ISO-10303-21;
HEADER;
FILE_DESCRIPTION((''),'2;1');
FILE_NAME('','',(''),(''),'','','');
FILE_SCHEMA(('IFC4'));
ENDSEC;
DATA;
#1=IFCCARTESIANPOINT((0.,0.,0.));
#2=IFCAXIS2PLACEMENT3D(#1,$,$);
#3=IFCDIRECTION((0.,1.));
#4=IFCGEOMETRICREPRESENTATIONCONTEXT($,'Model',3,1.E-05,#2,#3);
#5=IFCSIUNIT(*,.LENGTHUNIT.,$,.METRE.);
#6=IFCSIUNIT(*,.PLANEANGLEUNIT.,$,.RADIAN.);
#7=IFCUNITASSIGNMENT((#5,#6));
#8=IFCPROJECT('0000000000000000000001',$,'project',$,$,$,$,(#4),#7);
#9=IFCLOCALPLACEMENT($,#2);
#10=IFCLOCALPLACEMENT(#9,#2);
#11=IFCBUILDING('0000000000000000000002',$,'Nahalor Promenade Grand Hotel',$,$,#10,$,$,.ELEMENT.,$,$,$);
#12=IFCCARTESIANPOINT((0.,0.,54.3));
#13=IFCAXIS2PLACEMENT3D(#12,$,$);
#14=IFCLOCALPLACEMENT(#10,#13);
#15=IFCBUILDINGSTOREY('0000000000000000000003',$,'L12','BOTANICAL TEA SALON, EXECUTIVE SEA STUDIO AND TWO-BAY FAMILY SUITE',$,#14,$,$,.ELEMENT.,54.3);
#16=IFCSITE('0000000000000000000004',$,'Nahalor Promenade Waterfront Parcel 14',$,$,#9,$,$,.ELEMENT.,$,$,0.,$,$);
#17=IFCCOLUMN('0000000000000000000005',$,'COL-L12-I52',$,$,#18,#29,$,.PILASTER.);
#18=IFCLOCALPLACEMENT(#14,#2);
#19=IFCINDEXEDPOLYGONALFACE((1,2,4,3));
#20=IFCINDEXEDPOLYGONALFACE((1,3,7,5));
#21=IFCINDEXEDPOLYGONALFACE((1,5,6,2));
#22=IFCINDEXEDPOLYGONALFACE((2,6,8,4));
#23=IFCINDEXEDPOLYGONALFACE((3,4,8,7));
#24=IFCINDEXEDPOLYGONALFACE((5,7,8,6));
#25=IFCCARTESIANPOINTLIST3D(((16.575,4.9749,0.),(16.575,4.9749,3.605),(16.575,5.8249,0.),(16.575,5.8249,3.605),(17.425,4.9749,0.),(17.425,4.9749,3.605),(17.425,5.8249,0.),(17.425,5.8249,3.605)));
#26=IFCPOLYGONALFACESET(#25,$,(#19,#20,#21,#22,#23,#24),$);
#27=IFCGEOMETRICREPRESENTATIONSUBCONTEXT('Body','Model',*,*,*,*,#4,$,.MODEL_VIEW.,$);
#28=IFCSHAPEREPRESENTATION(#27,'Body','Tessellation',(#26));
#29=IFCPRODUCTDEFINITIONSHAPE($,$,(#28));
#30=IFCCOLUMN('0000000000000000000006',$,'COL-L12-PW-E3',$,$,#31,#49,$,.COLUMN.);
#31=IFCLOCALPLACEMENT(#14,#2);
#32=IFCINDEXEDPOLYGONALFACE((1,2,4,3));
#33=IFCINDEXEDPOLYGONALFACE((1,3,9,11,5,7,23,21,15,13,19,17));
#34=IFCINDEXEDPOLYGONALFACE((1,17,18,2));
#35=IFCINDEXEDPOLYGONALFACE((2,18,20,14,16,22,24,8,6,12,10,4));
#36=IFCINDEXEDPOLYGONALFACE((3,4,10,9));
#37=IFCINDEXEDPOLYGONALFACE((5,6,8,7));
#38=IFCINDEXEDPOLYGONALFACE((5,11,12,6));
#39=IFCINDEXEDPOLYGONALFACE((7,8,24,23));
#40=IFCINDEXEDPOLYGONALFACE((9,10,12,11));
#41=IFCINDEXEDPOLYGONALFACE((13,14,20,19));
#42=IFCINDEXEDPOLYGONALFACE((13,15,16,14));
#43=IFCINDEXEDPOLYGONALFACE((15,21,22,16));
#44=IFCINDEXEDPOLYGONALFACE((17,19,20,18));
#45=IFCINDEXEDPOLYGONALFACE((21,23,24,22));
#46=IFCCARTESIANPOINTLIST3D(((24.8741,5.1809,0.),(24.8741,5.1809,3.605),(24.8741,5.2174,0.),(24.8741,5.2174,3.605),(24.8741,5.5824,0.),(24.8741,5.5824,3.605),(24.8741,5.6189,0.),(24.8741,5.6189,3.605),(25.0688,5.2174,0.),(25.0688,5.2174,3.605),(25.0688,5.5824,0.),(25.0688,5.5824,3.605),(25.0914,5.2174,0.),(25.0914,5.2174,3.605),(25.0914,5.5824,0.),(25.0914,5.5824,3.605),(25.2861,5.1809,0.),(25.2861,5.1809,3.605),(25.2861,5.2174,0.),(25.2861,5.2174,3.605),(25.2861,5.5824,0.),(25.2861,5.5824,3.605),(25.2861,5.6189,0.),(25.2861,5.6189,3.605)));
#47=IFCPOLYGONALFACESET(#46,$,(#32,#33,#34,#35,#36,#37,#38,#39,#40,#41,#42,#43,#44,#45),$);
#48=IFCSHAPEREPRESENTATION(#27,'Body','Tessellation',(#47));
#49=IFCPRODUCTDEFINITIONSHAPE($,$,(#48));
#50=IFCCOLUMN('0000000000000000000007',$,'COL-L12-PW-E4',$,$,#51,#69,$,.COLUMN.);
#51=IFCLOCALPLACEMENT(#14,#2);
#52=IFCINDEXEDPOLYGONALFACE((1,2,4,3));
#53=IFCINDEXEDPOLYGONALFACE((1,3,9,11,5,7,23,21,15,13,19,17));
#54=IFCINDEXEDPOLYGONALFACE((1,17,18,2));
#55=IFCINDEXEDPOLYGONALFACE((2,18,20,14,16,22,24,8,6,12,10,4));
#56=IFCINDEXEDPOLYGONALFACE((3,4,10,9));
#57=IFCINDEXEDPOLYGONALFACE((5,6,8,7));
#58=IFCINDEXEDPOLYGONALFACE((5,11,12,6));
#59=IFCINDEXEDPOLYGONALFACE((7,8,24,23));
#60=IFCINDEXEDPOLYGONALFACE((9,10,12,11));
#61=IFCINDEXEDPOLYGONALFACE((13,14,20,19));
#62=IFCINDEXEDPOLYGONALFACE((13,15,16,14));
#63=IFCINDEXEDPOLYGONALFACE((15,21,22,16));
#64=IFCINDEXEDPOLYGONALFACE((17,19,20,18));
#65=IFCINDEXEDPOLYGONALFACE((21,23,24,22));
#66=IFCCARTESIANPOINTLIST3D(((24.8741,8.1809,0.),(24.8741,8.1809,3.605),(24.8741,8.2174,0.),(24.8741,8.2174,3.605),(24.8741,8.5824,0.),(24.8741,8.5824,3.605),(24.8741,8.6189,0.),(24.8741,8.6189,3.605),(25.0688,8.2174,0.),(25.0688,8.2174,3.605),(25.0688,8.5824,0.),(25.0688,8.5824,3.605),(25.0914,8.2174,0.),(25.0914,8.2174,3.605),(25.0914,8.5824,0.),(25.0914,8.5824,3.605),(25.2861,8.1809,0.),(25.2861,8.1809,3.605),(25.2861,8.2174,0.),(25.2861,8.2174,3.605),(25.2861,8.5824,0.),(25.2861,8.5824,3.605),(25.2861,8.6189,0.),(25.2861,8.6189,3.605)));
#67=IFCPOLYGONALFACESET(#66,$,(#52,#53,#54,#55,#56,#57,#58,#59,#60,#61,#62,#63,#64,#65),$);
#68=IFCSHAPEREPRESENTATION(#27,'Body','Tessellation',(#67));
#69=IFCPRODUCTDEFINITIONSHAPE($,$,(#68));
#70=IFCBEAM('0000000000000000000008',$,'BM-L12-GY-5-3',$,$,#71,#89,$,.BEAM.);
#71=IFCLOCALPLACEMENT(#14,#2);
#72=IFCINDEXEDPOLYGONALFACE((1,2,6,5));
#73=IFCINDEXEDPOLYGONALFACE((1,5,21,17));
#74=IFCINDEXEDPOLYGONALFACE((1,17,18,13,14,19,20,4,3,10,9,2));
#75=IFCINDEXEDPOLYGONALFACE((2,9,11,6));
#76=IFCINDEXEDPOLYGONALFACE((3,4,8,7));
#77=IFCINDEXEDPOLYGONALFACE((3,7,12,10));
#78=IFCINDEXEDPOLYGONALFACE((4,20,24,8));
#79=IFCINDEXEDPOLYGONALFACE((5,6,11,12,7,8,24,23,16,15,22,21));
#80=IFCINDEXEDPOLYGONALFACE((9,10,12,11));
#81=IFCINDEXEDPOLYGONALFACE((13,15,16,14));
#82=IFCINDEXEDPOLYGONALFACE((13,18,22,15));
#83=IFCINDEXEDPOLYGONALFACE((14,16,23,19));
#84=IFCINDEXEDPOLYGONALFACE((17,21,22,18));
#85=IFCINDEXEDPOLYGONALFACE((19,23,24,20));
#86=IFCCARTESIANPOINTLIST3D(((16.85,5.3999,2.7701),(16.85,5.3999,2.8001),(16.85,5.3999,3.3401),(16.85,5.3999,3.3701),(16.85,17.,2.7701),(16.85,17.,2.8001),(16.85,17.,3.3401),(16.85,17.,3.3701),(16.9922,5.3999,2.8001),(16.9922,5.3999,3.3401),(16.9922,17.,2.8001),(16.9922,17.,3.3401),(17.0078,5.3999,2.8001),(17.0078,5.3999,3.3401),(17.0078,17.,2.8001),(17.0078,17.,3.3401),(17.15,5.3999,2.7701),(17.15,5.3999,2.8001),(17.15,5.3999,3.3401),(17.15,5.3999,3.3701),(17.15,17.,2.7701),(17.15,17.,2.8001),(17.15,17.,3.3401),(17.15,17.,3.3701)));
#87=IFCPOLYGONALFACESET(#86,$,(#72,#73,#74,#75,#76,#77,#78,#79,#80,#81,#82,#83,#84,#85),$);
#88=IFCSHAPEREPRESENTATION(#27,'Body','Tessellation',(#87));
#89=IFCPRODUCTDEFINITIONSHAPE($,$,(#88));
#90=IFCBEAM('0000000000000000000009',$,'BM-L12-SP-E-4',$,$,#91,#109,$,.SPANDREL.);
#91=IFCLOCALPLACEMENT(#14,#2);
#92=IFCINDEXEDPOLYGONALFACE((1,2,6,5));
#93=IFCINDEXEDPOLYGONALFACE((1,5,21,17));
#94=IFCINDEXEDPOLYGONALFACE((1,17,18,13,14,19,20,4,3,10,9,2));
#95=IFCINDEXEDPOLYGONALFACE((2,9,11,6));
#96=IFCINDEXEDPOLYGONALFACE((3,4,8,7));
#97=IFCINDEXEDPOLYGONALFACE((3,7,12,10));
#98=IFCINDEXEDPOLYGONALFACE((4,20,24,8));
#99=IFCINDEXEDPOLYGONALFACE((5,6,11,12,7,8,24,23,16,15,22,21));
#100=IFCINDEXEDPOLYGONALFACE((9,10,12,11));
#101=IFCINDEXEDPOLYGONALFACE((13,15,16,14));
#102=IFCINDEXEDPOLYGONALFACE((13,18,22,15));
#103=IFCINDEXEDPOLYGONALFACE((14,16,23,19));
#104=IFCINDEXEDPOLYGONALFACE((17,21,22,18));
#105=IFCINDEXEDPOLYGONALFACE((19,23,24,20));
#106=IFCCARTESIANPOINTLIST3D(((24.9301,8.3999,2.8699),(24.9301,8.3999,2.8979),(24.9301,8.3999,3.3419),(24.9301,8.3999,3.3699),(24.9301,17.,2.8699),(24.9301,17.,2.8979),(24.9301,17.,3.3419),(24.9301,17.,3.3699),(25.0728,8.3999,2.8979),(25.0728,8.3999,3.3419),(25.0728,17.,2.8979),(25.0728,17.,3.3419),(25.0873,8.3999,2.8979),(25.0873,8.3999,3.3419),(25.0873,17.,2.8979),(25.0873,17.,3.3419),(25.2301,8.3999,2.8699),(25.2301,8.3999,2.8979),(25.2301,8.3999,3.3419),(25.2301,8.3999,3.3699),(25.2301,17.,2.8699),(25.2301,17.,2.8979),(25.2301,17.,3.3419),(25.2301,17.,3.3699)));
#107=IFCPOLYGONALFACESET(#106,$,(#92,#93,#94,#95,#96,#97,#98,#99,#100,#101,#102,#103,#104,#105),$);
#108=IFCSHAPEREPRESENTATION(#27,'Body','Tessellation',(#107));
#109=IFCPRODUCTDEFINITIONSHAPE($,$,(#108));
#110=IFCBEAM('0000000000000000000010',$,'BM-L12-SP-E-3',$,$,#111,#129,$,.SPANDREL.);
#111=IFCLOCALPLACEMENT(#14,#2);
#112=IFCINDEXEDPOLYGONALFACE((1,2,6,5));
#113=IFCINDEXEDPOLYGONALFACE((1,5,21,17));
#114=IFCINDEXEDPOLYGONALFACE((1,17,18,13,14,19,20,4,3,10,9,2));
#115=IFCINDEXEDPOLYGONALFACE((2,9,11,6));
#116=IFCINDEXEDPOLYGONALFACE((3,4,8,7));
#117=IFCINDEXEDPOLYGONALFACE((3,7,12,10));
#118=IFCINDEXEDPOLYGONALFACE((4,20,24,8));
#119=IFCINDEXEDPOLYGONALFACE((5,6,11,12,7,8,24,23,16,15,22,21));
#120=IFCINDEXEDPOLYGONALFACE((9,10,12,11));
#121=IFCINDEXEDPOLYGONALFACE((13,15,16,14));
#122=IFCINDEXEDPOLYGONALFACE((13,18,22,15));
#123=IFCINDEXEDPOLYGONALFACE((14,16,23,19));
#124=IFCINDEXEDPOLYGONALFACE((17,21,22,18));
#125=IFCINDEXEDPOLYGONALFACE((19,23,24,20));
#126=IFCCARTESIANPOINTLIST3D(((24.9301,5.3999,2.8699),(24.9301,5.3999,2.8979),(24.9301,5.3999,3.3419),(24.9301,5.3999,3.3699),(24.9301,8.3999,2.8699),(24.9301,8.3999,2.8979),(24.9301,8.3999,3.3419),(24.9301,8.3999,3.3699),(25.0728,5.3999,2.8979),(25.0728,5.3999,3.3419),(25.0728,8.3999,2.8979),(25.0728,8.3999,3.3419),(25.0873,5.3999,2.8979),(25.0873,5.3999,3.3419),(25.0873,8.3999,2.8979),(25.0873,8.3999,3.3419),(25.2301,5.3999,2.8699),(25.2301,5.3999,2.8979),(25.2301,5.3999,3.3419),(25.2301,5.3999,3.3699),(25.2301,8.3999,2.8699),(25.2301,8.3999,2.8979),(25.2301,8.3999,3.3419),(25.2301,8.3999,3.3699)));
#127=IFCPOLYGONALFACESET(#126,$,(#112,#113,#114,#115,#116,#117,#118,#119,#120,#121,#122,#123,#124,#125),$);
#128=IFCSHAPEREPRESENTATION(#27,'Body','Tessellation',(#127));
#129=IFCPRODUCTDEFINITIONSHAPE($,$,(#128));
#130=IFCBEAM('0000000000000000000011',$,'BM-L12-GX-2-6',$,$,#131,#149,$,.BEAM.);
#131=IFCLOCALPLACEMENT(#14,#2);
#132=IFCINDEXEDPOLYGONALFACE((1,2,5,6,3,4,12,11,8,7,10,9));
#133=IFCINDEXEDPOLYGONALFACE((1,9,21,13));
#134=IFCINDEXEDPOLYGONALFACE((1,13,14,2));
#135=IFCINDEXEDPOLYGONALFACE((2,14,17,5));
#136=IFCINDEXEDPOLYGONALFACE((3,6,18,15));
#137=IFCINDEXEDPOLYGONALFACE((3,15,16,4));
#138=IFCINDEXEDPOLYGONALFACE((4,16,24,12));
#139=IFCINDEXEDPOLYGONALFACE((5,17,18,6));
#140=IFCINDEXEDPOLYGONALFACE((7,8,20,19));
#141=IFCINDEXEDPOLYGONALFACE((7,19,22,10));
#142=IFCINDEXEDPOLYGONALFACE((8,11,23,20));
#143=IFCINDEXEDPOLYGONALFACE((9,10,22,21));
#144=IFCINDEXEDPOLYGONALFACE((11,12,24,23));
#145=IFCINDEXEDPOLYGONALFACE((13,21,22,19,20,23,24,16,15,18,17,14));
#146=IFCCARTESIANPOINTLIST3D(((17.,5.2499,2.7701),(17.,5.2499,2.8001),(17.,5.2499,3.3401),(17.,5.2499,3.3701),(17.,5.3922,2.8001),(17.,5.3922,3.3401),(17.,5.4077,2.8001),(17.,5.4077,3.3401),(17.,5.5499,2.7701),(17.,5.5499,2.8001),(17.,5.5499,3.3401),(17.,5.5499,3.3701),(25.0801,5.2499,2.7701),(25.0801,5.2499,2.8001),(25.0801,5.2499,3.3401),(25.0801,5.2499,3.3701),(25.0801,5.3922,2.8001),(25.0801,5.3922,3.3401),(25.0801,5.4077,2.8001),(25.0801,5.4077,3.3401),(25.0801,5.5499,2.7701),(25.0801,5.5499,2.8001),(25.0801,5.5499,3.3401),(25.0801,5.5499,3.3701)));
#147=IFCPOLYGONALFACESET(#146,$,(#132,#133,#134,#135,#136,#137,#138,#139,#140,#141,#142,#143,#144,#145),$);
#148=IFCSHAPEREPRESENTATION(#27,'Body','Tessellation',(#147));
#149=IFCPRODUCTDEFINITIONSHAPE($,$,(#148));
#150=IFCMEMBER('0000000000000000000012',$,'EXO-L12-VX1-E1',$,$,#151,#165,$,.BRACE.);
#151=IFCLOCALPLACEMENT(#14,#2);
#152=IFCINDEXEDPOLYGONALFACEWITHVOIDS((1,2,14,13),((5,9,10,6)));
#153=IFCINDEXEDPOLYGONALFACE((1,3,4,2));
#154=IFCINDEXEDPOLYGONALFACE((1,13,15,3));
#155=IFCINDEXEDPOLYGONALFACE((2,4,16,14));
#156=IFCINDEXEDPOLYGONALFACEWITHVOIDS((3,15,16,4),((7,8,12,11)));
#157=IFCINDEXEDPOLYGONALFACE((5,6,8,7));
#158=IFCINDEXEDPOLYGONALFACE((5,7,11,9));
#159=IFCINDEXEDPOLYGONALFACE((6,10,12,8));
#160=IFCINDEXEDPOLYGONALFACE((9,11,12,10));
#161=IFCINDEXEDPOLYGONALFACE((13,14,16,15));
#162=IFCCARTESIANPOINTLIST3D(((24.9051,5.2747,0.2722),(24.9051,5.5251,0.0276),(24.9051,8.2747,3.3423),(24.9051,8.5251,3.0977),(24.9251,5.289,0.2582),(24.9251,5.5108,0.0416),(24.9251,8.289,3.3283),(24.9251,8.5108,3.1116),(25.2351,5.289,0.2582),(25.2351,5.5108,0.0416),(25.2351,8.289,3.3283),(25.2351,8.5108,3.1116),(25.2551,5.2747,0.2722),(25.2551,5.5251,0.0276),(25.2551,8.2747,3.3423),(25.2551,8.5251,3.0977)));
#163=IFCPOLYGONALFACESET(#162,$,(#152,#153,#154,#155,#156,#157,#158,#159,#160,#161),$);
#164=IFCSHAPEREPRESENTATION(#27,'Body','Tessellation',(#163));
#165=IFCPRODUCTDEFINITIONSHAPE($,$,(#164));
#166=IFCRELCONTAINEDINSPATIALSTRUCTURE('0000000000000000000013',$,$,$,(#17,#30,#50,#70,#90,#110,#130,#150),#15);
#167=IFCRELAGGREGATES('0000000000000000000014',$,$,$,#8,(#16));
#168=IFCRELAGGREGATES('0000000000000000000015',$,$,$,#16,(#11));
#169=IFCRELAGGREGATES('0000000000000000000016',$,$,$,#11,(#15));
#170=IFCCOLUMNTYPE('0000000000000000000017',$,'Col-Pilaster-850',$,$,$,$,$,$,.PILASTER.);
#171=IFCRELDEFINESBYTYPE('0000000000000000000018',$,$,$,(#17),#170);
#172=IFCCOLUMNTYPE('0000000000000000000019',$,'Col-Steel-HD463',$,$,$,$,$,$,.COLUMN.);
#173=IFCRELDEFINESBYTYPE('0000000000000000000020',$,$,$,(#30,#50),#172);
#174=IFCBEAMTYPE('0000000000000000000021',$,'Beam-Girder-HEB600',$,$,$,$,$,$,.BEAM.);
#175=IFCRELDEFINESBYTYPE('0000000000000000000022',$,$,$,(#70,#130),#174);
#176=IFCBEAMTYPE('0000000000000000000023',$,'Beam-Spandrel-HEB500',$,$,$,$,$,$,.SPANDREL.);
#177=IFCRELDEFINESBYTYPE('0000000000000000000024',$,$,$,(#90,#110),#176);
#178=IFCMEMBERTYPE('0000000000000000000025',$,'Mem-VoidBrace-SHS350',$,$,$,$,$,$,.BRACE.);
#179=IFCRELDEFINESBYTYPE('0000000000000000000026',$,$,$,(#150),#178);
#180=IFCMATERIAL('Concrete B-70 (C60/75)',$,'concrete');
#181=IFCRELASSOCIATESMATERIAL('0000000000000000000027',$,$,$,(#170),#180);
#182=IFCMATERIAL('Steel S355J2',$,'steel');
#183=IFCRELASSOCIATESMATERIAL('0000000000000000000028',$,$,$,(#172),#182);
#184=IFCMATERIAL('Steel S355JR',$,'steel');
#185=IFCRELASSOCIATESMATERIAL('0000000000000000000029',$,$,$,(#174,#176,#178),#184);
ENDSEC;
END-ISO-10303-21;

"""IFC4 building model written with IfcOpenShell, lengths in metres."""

from ifc_helpers import new_model, si_unit, direction, frame, origin, origin_2d, place, context, subcontext, project, spatial, rectangle, hollow_rectangle, i_section, extrude, source, transform, mapped, material, material_profile, profile_set, type_object, element, save


model = new_model("IFC4")

# Units and contexts
model_context = context("Model", 3, precision=1e-05, world=origin(), true_north=direction((0.0, 1.0)))
body_context = subcontext(model_context, "Body", "Model", "MODEL_VIEW")
ifc_project = project(units=[si_unit("LENGTHUNIT", "METRE"), si_unit("PLANEANGLEUNIT", "RADIAN")], contexts=[model_context])

# Site, building, storey
site_placement = place(None, origin())
site = spatial("IfcSite", under=ifc_project, at=site_placement, Name="Nahalor Promenade Waterfront Parcel 14", CompositionType="ELEMENT", RefElevation=0.0)
building_placement = place(site_placement, origin())
building = spatial("IfcBuilding", under=site, at=building_placement, Name="Nahalor Promenade Grand Hotel", CompositionType="ELEMENT")
storey_placement = place(building_placement, frame((0.0, 0.0, 54.3)))
storey = spatial("IfcBuildingStorey", under=building, at=storey_placement, Name="L12", Description="BOTANICAL TEA SALON, EXECUTIVE SEA STUDIO AND TWO-BAY FAMILY SUITE", CompositionType="ELEMENT", Elevation=54.3)

# Columns
ifc_material_1 = material(Name="Concrete B-70 (C60/75)", Category="concrete")
ifc_material_profile_1 = material_profile(ifc_material_1, rectangle(XDim=0.85, YDim=0.85, at=origin_2d()), Name="RC 850x850")
ifc_profile_set_1 = profile_set([ifc_material_profile_1], Name="Concrete B-70 (C60/75)")
column_type_1 = type_object("IfcColumnType", Name="Col-Pilaster-850", PredefinedType="PILASTER", material=ifc_profile_set_1)
shared_shape_1 = source(origin(), body_context, "Body", "SweptSolid", [
    extrude(rectangle(XDim=0.85, YDim=0.85, at=origin_2d()), origin(), (0.0, 0.0, 1.0), 3.605),
])
column_placement = place(storey_placement, frame((17.0, 5.3999, 0.0), z_axis=(0.0, 0.0, 1.0), x_axis=(1.0, 0.0, 0.0)))
element("IfcColumn", 1, at=column_placement, inside=storey, type_object=column_type_1, Name="COL-L12-I52", PredefinedType="PILASTER", context=body_context, shape_type="MappedRepresentation", body=[
    mapped(shared_shape_1, transform((0.0, 0.0, 0.0), scale=1.0)),
])
ifc_material_2 = material(Name="Steel S355J2", Category="steel")
ifc_material_profile_2 = material_profile(ifc_material_2, i_section(OverallWidth=0.412, OverallDepth=0.438, WebThickness=0.0226, FlangeThickness=0.0365, at=origin_2d()), Name="HD 400x463")
ifc_profile_set_2 = profile_set([ifc_material_profile_2], Name="Steel S355J2")
column_type_2 = type_object("IfcColumnType", Name="Col-Steel-HD463", PredefinedType="COLUMN", material=ifc_profile_set_2)
shared_shape_2 = source(origin(), body_context, "Body", "SweptSolid", [
    extrude(i_section(OverallWidth=0.412, OverallDepth=0.438, WebThickness=0.0226, FlangeThickness=0.0365, at=origin_2d()), origin(), (0.0, 0.0, 1.0), 3.605),
])
for number, where, z_axis, x_axis, name in (
    (2, (25.0801, 5.3999, 0.0), (0.0, 0.0, 1.0), (1.0, 0.0, 0.0), "COL-L12-PW-E3"),
    (3, (25.0801, 8.3999, 0.0), (0.0, 0.0, 1.0), (1.0, 0.0, 0.0), "COL-L12-PW-E4"),
):
    element("IfcColumn", number, at=place(storey_placement, frame(where, z_axis=z_axis, x_axis=x_axis)), inside=storey, type_object=column_type_2, Name=name, PredefinedType="COLUMN", context=body_context, shape_type="MappedRepresentation", body=[
        mapped(shared_shape_2, transform((0.0, 0.0, 0.0), scale=1.0)),
    ])

# Beams
ifc_material_3 = material(Name="Steel S355JR", Category="steel")
ifc_material_profile_3 = material_profile(ifc_material_3, i_section(OverallWidth=0.3, OverallDepth=0.6, WebThickness=0.0155, FlangeThickness=0.03, at=origin_2d()), Name="HEB 600")
ifc_profile_set_3 = profile_set([ifc_material_profile_3], Name="Steel S355JR")
beam_type_1 = type_object("IfcBeamType", Name="Beam-Girder-HEB600", PredefinedType="BEAM", material=ifc_profile_set_3)
shared_shape_3 = source(origin(), body_context, "Body", "SweptSolid", [
    extrude(i_section(OverallWidth=0.3, OverallDepth=0.6, WebThickness=0.0155, FlangeThickness=0.03, at=origin_2d()), origin(), (0.0, 0.0, 1.0), 11.6001),
])
beam_1_placement = place(storey_placement, frame((17.0, 5.3999, 3.0701), z_axis=(0.0, 1.0, 0.0), x_axis=(-1.0, 0.0, 0.0)))
element("IfcBeam", 4, at=beam_1_placement, inside=storey, type_object=beam_type_1, Name="BM-L12-GY-5-3", PredefinedType="BEAM", context=body_context, shape_type="MappedRepresentation", body=[
    mapped(shared_shape_3, transform((0.0, 0.0, 0.0), scale=1.0)),
])
ifc_material_profile_4 = material_profile(ifc_material_3, i_section(OverallWidth=0.3, OverallDepth=0.5, WebThickness=0.0145, FlangeThickness=0.028, at=origin_2d()), Name="HEB 500")
ifc_profile_set_4 = profile_set([ifc_material_profile_4], Name="Steel S355JR")
beam_type_2 = type_object("IfcBeamType", Name="Beam-Spandrel-HEB500", PredefinedType="SPANDREL", material=ifc_profile_set_4)
shared_shape_4 = source(origin(), body_context, "Body", "SweptSolid", [
    extrude(i_section(OverallWidth=0.3, OverallDepth=0.5, WebThickness=0.0145, FlangeThickness=0.028, at=origin_2d()), origin(), (0.0, 0.0, 1.0), 8.6001),
])
beam_2_placement = place(storey_placement, frame((25.0801, 8.3999, 3.1199), z_axis=(0.0, 1.0, 0.0), x_axis=(-1.0, 0.0, 0.0)))
element("IfcBeam", 5, at=beam_2_placement, inside=storey, type_object=beam_type_2, Name="BM-L12-SP-E-4", PredefinedType="SPANDREL", context=body_context, shape_type="MappedRepresentation", body=[
    mapped(shared_shape_4, transform((0.0, 0.0, 0.0), scale=1.0)),
])
shared_shape_5 = source(origin(), body_context, "Body", "SweptSolid", [
    extrude(i_section(OverallWidth=0.3, OverallDepth=0.5, WebThickness=0.0145, FlangeThickness=0.028, at=origin_2d()), origin(), (0.0, 0.0, 1.0), 3.0),
])
beam_3_placement = place(storey_placement, frame((25.0801, 5.3999, 3.1199), z_axis=(0.0, 1.0, 0.0), x_axis=(-1.0, 0.0, 0.0)))
element("IfcBeam", 6, at=beam_3_placement, inside=storey, type_object=beam_type_2, Name="BM-L12-SP-E-3", PredefinedType="SPANDREL", context=body_context, shape_type="MappedRepresentation", body=[
    mapped(shared_shape_5, transform((0.0, 0.0, 0.0), scale=1.0)),
])
shared_shape_6 = source(origin(), body_context, "Body", "SweptSolid", [
    extrude(i_section(OverallWidth=0.3, OverallDepth=0.6, WebThickness=0.0155, FlangeThickness=0.03, at=origin_2d()), origin(), (0.0, 0.0, 1.0), 8.0801),
])
beam_4_placement = place(storey_placement, frame((17.0, 5.3999, 3.0701), z_axis=(1.0, 0.0, 0.0), x_axis=(0.0, 1.0, 0.0)))
element("IfcBeam", 7, at=beam_4_placement, inside=storey, type_object=beam_type_1, Name="BM-L12-GX-2-6", PredefinedType="BEAM", context=body_context, shape_type="MappedRepresentation", body=[
    mapped(shared_shape_6, transform((0.0, 0.0, 0.0), scale=1.0)),
])

# Member
ifc_material_profile_5 = material_profile(ifc_material_3, hollow_rectangle(XDim=0.35, YDim=0.35, WallThickness=0.02, at=origin_2d()), Name="SHS 350x350x20")
ifc_profile_set_5 = profile_set([ifc_material_profile_5], Name="Steel S355JR")
member_type_1 = type_object("IfcMemberType", Name="Mem-VoidBrace-SHS350", PredefinedType="BRACE", material=ifc_profile_set_5)
shared_shape_7 = source(origin(), body_context, "Body", "SweptSolid", [
    extrude(hollow_rectangle(XDim=0.35, YDim=0.35, WallThickness=0.02, at=origin_2d()), origin(), (0.0, 0.0, 1.0), 4.2925),
])
member_1_placement = place(storey_placement, frame((25.0801, 5.3999, 0.1499), z_axis=(0.0, 0.698898, 0.715221), x_axis=(-1.0, 0.0, 0.0)))
element("IfcMember", 8, at=member_1_placement, inside=storey, type_object=member_type_1, Name="EXO-L12-VX1-E1", PredefinedType="BRACE", context=body_context, shape_type="MappedRepresentation", body=[
    mapped(shared_shape_7, transform((0.0, 0.0, 0.0), scale=1.0)),
])

save(model, "model.ifc")
